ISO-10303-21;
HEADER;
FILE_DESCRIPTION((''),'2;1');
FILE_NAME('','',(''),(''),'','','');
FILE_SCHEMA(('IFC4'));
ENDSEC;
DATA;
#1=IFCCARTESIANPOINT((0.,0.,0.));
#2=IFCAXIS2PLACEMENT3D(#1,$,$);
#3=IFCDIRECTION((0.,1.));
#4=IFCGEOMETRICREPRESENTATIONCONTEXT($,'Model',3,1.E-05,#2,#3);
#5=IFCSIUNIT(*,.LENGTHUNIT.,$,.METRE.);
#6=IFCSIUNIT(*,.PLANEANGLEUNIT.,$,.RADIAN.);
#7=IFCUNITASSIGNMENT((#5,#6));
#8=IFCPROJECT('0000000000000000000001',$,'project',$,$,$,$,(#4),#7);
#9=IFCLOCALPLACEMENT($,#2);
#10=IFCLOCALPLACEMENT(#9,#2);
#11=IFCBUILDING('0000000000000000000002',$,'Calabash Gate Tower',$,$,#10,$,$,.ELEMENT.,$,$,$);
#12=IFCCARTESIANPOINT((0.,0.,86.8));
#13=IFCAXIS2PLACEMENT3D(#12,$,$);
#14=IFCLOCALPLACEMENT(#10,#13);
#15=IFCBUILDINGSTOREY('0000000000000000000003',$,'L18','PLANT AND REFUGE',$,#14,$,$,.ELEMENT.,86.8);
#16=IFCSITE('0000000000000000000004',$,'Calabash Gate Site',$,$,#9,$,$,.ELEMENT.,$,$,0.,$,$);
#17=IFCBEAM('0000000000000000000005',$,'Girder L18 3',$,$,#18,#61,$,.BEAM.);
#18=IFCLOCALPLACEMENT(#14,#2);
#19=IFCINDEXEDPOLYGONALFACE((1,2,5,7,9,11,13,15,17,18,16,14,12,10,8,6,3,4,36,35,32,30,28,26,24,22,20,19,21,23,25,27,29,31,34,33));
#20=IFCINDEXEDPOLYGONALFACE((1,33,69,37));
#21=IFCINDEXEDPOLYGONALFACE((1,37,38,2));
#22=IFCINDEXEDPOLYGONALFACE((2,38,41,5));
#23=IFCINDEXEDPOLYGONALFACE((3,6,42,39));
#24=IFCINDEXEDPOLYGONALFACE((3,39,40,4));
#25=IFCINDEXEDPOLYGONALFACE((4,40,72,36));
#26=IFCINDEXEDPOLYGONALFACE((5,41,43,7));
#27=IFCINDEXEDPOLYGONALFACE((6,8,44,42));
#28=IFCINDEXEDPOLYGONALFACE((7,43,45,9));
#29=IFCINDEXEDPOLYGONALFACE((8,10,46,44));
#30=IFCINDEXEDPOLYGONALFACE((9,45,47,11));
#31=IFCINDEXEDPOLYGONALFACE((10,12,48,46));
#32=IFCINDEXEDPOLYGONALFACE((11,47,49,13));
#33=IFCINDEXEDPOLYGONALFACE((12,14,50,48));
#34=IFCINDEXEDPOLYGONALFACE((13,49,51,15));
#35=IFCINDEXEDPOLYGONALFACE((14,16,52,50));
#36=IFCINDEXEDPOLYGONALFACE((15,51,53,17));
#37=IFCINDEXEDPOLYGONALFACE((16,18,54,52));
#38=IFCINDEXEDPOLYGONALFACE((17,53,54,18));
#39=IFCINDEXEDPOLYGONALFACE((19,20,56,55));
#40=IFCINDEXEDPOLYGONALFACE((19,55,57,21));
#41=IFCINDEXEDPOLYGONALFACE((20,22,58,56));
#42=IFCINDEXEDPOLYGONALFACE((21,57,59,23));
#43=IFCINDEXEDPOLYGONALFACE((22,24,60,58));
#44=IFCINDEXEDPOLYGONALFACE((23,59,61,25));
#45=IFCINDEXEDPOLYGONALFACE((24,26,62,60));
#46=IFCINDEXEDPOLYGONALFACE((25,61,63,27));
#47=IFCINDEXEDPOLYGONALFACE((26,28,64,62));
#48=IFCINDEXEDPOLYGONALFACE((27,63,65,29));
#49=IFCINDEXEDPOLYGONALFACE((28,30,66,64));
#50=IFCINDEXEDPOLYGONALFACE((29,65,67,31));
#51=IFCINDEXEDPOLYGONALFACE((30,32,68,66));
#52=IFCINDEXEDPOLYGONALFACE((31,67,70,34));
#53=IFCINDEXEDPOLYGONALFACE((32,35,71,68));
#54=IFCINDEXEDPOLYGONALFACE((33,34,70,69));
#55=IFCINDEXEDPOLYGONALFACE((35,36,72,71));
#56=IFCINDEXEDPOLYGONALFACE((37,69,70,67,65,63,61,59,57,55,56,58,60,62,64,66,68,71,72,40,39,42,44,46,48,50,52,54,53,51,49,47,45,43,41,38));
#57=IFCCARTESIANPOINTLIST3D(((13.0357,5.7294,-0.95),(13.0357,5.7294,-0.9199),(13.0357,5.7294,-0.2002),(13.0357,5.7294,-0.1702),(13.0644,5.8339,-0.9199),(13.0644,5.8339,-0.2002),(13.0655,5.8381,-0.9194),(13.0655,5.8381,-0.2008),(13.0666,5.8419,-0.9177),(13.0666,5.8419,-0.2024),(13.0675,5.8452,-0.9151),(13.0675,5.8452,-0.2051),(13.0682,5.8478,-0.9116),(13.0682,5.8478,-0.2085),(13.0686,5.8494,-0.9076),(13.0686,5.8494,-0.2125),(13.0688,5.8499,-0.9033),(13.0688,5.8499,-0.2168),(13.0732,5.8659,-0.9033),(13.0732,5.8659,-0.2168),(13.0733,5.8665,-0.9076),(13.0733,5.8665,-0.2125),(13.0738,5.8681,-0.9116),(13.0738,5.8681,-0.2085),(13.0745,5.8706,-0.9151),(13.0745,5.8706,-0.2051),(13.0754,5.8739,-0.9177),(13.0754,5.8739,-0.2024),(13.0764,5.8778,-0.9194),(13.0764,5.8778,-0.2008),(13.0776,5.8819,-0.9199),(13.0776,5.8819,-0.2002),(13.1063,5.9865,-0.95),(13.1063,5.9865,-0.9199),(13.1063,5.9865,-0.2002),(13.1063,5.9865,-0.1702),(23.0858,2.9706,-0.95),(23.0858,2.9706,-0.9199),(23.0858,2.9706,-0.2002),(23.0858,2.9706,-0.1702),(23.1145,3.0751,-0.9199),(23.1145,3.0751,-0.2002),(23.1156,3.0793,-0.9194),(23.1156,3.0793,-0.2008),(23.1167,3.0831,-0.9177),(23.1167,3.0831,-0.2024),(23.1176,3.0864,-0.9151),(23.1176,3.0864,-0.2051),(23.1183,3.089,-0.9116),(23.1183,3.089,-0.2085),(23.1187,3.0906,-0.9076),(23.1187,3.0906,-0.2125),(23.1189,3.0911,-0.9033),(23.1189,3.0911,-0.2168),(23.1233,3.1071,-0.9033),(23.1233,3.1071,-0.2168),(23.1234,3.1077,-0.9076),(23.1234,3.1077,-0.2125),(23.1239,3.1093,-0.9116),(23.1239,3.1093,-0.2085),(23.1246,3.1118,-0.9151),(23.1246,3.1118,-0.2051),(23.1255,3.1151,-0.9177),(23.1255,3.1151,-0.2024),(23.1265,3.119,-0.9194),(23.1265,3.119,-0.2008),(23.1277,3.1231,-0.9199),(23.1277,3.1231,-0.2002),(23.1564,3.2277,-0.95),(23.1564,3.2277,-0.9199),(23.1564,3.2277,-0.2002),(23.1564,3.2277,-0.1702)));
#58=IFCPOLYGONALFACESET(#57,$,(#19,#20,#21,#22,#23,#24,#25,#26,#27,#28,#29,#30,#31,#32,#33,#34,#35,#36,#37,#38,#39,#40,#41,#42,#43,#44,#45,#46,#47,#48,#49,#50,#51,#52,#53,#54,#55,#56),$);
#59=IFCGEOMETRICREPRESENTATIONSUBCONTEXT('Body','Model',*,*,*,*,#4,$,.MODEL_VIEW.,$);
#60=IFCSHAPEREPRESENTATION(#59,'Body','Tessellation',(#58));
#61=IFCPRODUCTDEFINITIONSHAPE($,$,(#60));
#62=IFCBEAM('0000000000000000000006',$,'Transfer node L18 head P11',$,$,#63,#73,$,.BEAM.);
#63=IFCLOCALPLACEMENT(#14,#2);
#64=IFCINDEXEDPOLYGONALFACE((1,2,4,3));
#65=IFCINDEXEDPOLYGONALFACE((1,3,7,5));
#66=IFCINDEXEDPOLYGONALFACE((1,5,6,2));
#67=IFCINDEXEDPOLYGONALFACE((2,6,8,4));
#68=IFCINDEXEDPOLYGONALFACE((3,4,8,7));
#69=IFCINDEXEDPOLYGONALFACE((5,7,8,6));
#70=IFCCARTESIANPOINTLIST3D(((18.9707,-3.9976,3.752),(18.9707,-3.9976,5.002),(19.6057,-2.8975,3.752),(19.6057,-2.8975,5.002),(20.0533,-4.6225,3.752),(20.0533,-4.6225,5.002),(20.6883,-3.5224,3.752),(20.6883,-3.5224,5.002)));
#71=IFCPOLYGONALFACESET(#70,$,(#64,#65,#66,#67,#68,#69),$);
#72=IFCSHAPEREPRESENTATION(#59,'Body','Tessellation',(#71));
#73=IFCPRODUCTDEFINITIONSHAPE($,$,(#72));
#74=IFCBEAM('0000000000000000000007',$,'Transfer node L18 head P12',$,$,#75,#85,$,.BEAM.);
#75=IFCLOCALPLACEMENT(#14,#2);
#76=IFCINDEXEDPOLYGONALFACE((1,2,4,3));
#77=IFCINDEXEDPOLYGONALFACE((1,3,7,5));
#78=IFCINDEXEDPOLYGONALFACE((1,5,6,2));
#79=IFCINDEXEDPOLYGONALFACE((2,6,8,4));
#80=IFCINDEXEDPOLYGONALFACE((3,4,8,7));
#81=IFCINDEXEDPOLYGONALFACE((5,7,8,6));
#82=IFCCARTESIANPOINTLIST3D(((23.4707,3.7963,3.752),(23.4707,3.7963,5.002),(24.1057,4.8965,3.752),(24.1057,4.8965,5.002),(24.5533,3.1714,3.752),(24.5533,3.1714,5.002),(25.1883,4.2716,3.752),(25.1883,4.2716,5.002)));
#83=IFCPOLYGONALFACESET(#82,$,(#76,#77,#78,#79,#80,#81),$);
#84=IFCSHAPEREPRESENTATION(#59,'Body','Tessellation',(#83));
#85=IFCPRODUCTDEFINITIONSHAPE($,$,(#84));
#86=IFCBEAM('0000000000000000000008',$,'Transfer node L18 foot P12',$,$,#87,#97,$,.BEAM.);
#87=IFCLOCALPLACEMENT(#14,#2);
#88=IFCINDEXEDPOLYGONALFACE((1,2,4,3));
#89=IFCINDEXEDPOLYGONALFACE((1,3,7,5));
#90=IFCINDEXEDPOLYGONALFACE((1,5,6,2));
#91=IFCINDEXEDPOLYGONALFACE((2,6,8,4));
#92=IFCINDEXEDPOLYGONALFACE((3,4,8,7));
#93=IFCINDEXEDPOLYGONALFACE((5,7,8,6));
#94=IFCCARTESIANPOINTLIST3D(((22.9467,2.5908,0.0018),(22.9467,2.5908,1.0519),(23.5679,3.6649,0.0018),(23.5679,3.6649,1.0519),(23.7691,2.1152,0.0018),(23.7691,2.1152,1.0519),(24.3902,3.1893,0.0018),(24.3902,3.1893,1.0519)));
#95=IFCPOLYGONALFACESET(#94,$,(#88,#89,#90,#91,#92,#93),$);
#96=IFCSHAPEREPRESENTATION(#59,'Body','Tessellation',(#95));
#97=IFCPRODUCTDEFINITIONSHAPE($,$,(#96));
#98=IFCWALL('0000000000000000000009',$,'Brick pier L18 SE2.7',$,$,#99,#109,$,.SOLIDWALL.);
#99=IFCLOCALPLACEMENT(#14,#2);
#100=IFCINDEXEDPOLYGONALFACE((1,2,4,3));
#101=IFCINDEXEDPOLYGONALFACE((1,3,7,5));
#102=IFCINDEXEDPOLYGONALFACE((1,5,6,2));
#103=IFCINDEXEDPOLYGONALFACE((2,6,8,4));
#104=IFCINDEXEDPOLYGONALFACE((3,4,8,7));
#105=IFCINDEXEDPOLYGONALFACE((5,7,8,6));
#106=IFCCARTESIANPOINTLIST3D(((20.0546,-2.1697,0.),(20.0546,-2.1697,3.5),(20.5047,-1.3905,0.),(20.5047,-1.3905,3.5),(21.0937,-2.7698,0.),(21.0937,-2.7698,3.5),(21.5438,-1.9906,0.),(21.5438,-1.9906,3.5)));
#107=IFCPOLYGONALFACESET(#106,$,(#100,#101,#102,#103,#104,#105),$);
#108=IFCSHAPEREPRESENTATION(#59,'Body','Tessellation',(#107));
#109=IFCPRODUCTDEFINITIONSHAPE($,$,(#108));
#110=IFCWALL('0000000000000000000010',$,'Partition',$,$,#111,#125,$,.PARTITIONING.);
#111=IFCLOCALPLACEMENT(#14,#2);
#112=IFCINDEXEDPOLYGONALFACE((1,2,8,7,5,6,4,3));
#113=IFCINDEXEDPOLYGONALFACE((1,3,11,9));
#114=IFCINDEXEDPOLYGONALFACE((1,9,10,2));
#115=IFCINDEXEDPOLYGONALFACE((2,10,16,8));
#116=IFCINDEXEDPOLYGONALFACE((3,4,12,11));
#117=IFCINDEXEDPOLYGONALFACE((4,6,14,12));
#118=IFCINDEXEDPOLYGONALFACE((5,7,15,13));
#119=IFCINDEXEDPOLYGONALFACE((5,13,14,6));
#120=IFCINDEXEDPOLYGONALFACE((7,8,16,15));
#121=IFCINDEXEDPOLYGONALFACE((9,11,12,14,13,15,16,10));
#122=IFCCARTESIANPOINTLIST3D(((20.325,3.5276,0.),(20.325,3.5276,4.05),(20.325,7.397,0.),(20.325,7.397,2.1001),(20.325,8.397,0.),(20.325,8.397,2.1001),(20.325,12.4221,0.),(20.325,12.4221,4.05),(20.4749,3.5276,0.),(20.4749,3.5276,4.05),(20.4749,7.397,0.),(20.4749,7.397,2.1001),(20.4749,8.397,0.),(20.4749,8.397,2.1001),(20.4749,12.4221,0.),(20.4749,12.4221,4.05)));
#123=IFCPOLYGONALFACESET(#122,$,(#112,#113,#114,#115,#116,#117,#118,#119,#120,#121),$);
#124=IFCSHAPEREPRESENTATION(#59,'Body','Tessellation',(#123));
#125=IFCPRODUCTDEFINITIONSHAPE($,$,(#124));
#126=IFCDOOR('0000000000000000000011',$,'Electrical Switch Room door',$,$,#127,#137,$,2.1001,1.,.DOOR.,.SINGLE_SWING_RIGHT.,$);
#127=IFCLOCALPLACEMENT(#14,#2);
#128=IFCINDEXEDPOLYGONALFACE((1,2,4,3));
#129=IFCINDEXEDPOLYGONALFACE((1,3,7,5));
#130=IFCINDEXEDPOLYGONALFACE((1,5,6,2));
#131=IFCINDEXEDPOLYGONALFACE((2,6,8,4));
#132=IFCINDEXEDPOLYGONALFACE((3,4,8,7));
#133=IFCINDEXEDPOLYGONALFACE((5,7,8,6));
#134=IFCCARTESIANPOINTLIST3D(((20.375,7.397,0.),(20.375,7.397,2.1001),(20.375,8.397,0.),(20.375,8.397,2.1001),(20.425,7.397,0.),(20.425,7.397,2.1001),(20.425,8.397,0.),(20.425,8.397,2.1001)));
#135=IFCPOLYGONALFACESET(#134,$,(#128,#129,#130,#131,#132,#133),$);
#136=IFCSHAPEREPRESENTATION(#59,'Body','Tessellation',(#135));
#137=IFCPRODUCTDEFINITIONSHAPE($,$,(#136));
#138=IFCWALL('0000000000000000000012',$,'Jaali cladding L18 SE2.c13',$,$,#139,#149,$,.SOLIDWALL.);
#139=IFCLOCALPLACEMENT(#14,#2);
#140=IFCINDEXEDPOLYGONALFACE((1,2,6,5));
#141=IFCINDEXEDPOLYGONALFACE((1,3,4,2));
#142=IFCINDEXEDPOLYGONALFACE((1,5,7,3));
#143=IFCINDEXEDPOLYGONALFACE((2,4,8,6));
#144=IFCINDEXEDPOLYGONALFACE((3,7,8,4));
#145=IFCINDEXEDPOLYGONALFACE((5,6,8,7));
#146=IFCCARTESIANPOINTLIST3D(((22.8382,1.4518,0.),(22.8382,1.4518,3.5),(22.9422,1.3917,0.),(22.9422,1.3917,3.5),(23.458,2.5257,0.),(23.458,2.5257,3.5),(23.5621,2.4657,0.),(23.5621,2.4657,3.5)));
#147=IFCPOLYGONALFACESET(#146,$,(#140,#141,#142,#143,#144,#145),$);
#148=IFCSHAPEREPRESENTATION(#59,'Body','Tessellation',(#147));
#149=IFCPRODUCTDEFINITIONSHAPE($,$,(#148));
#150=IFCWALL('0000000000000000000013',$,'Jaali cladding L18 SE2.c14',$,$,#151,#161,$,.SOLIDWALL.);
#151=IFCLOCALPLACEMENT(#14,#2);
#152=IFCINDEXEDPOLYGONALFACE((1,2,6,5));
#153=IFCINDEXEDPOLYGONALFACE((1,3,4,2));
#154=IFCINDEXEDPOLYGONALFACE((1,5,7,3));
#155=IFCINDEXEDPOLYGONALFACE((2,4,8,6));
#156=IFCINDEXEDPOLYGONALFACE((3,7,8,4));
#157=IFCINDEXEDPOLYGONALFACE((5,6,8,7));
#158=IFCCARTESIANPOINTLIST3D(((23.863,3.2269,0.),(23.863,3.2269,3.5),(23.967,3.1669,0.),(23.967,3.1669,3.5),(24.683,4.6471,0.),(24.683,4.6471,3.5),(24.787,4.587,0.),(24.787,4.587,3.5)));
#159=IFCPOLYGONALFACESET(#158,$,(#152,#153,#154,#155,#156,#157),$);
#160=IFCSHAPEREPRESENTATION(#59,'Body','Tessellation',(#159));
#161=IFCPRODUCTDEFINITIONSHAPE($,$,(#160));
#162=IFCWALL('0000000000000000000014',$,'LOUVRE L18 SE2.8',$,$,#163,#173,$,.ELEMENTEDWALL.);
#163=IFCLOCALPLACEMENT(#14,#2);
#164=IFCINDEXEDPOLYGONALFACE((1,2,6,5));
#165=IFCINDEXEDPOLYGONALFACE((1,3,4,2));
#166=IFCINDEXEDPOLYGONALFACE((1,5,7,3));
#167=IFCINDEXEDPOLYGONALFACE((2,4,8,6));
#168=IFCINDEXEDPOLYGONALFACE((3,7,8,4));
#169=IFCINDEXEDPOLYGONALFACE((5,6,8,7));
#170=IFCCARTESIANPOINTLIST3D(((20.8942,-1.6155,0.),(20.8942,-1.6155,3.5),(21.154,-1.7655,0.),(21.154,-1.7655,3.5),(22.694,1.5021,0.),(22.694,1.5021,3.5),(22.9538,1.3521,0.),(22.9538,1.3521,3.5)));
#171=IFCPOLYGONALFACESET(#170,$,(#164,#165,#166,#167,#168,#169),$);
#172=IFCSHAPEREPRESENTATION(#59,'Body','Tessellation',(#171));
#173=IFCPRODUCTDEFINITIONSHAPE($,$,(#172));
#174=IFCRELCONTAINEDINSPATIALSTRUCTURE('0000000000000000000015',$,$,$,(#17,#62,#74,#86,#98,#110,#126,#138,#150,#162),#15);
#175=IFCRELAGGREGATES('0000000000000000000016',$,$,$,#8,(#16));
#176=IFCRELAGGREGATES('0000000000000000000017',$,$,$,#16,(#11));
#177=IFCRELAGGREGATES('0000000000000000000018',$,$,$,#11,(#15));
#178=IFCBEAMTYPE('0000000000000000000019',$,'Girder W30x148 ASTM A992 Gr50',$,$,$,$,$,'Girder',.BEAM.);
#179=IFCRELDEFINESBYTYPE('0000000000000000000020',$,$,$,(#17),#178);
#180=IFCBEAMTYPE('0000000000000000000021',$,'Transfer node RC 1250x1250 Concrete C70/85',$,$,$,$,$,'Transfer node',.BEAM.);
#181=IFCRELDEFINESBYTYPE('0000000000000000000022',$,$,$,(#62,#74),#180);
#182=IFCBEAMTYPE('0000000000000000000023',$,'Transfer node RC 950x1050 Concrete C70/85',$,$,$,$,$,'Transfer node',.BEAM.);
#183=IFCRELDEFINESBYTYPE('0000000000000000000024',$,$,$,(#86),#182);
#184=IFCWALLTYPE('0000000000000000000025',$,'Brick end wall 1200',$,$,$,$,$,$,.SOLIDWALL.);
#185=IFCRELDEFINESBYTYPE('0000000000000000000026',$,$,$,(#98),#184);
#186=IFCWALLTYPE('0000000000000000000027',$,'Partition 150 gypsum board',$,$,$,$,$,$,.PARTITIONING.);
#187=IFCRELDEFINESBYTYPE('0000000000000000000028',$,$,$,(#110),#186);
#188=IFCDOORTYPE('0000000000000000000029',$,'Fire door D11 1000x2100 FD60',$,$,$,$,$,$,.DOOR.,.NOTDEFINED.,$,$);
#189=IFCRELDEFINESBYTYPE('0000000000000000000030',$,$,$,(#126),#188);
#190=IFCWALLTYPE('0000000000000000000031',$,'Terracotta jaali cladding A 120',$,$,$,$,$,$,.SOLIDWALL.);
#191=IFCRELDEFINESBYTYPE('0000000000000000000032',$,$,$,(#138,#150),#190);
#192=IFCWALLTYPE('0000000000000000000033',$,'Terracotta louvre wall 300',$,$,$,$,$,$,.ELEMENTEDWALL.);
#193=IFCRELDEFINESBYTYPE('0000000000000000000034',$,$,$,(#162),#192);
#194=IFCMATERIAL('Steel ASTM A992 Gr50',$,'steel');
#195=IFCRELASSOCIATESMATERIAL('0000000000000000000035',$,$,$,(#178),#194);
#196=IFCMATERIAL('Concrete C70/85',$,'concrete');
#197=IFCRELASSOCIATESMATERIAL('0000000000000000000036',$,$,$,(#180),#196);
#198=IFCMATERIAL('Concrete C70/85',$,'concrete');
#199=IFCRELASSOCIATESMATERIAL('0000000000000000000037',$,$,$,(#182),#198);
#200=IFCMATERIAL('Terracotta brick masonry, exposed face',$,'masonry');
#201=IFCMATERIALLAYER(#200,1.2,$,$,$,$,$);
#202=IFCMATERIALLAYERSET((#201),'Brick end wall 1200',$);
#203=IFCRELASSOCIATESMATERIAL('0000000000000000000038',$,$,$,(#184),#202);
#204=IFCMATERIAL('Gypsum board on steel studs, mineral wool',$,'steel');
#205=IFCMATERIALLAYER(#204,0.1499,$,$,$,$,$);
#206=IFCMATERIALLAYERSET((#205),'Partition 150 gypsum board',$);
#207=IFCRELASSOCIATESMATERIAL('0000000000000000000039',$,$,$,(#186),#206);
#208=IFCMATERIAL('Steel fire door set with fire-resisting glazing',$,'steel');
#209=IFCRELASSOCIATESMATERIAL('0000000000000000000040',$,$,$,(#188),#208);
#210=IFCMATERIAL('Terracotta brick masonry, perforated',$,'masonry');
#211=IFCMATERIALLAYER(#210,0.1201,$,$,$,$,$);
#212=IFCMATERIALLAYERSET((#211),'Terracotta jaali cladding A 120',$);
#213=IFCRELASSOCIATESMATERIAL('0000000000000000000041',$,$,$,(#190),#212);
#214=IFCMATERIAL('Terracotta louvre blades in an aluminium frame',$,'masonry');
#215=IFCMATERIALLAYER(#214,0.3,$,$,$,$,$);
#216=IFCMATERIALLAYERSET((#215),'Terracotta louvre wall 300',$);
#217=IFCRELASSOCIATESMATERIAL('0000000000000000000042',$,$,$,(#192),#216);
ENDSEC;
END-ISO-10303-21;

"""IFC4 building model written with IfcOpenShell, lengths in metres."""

from ifc_helpers import new_model, si_unit, direction, frame, frame_2d, origin, origin_2d, place, context, subcontext, project, spatial, rectangle, i_section, extrude, material, layer, layer_set, material_profile, profile_set, type_object, element, fill, save


model = new_model("IFC4")

# Units and contexts
model_context = context("Model", 3, precision=1e-05, world=origin(), true_north=direction((0.0, 1.0)))
body_context = subcontext(model_context, "Body", "Model", "MODEL_VIEW")
ifc_project = project(units=[si_unit("LENGTHUNIT", "METRE"), si_unit("PLANEANGLEUNIT", "RADIAN")], contexts=[model_context])

# Site, building, storey
site_placement = place(None, origin())
site = spatial("IfcSite", under=ifc_project, at=site_placement, Name="Calabash Gate Site", CompositionType="ELEMENT", RefElevation=0.0)
building_placement = place(site_placement, origin())
building = spatial("IfcBuilding", under=site, at=building_placement, Name="Calabash Gate Tower", CompositionType="ELEMENT")
storey_placement = place(building_placement, frame((0.0, 0.0, 86.8)))
storey = spatial("IfcBuildingStorey", under=building, at=storey_placement, Name="L18", Description="PLANT AND REFUGE", CompositionType="ELEMENT", Elevation=86.8)

# Beams
ifc_material_1 = material(Name="Steel ASTM A992 Gr50", Category="steel")
ifc_material_profile_1 = material_profile(ifc_material_1, i_section(OverallWidth=0.2666, OverallDepth=0.7798, WebThickness=0.0166, FlangeThickness=0.03, FilletRadius=0.0166, at=origin_2d()))
ifc_profile_set_1 = profile_set([ifc_material_profile_1], Name="Steel ASTM A992 Gr50")
beam_type_1 = type_object("IfcBeamType", Name="Girder W30x148 ASTM A992 Gr50", ElementType="Girder", PredefinedType="BEAM", material=ifc_profile_set_1)
beam_1_placement = place(storey_placement, frame((23.1211, 3.0991, -0.5601), z_axis=(-0.964327, 0.264713, 0.0), x_axis=(-0.264713, -0.964327, 0.0)))
element("IfcBeam", 1, at=beam_1_placement, inside=storey, type_object=beam_type_1, Name="Girder L18 3", PredefinedType="BEAM", context=body_context, shape_type="SweptSolid", body=[
    extrude(i_section(OverallWidth=0.2666, OverallDepth=0.7798, WebThickness=0.0166, FlangeThickness=0.03, FilletRadius=0.0166, at=origin_2d()), origin(), (0.0, 0.0, 1.0), 10.4219),
])
ifc_material_2 = material(Name="Concrete C70/85", Category="concrete")
ifc_material_profile_2 = material_profile(ifc_material_2, rectangle(XDim=1.25, YDim=1.25, at=origin_2d()))
ifc_profile_set_2 = profile_set([ifc_material_profile_2], Name="Concrete C70/85")
beam_type_2 = type_object("IfcBeamType", Name="Transfer node RC 1250x1250 Concrete C70/85", ElementType="Transfer node", PredefinedType="BEAM", material=ifc_profile_set_2)
for number, where, z_axis, x_axis, name in (
    (2, (19.512, -4.3101, 4.377), (0.499922, 0.86607, 0.0), (-0.86607, 0.499922, 0.0), "Transfer node L18 head P11"),
    (3, (24.012, 3.4839, 4.377), (0.499922, 0.86607, 0.0), (-0.86607, 0.499922, 0.0), "Transfer node L18 head P12"),
):
    element("IfcBeam", number, at=place(storey_placement, frame(where, z_axis=z_axis, x_axis=x_axis)), inside=storey, type_object=beam_type_2, Name=name, PredefinedType="BEAM", context=body_context, shape_type="SweptSolid", body=[
        extrude(rectangle(XDim=1.25, YDim=1.25, at=origin_2d()), origin(), (0.0, 0.0, 1.0), 1.2703),
    ])
ifc_material_3 = material(Name="Concrete C70/85", Category="concrete")
ifc_material_profile_3 = material_profile(ifc_material_3, rectangle(XDim=0.95, YDim=1.05, at=origin_2d()))
ifc_profile_set_3 = profile_set([ifc_material_profile_3], Name="Concrete C70/85")
beam_type_3 = type_object("IfcBeamType", Name="Transfer node RC 950x1050 Concrete C70/85", ElementType="Transfer node", PredefinedType="BEAM", material=ifc_profile_set_3)
beam_2_placement = place(storey_placement, frame((23.3579, 2.353, 0.5269), z_axis=(0.500625, 0.865664, 0.0), x_axis=(-0.865664, 0.500625, 0.0)))
element("IfcBeam", 4, at=beam_2_placement, inside=storey, type_object=beam_type_3, Name="Transfer node L18 foot P12", PredefinedType="BEAM", context=body_context, shape_type="SweptSolid", body=[
    extrude(rectangle(XDim=0.95, YDim=1.05, at=origin_2d()), origin(), (0.0, 0.0, 1.0), 1.2407),
])

# Wall
ifc_material_4 = material(Name="Terracotta brick masonry, exposed face", Category="masonry")
ifc_layer_1 = layer(ifc_material_4, 1.2)
ifc_layer_set_1 = layer_set([ifc_layer_1], Name="Brick end wall 1200")
wall_type_1 = type_object("IfcWallType", Name="Brick end wall 1200", PredefinedType="SOLIDWALL", material=ifc_layer_set_1)
wall_1_placement = place(storey_placement, frame((20.2795, -1.78, 0.0), z_axis=(0.0, 0.0, 1.0), x_axis=(0.865955, -0.500122, 0.0)))
element("IfcWall", 5, at=wall_1_placement, inside=storey, type_object=wall_type_1, Name="Brick pier L18 SE2.7", PredefinedType="SOLIDWALL", context=body_context, shape_type="SweptSolid", body=[
    extrude(rectangle(XDim=1.2, YDim=0.8999, at=frame_2d((0.6001, 0.0))), origin(), (0.0, 0.0, 1.0), 3.5),
])

# Wall, opening, door
ifc_material_5 = material(Name="Gypsum board on steel studs, mineral wool", Category="steel")
ifc_layer_2 = layer(ifc_material_5, 0.1499)
ifc_layer_set_2 = layer_set([ifc_layer_2], Name="Partition 150 gypsum board")
wall_type_2 = type_object("IfcWallType", Name="Partition 150 gypsum board", PredefinedType="PARTITIONING", material=ifc_layer_set_2)
wall_2_placement = place(storey_placement, frame((20.3999, 3.5276, 0.0), z_axis=(0.0, 0.0, 1.0), x_axis=(0.0, 1.0, 0.0)))
wall_2 = element("IfcWall", 6, at=wall_2_placement, inside=storey, type_object=wall_type_2, Name="Partition", PredefinedType="PARTITIONING", context=body_context, shape_type="SweptSolid", body=[
    extrude(rectangle(XDim=8.8945, YDim=0.1499, at=frame_2d((4.4473, 0.0))), origin(), (0.0, 0.0, 1.0), 4.05),
])
opening_placement = place(wall_2_placement, frame((3.8694, 0.0, 0.0)))
opening = element("IfcOpeningElement", 7, at=opening_placement, cuts=wall_2, PredefinedType="OPENING", context=body_context, shape_type="SweptSolid", body=[
    extrude(rectangle(XDim=1.0, YDim=2.1001, at=frame_2d((0.5, 1.05))), frame((0.0, 0.085, 0.0), z_axis=(0.0, -1.0, 0.0), x_axis=(1.0, 0.0, 0.0)), (0.0, 0.0, 1.0), 0.1699),
])
ifc_material_6 = material(Name="Steel fire door set with fire-resisting glazing", Category="steel")
door_type = type_object("IfcDoorType", Name="Fire door D11 1000x2100 FD60", OperationType="NOTDEFINED", PredefinedType="DOOR", material=ifc_material_6)
door_placement = place(opening_placement, origin())
door = element("IfcDoor", 8, at=door_placement, inside=storey, type_object=door_type, Name="Electrical Switch Room door", OperationType="SINGLE_SWING_RIGHT", OverallHeight=2.1001, OverallWidth=1.0, PredefinedType="DOOR", context=body_context, shape_type="SweptSolid", body=[
    extrude(rectangle(XDim=1.0, YDim=2.1001, at=frame_2d((0.5, 1.05))), frame((0.0, 0.0249, 0.0), z_axis=(0.0, -1.0, 0.0), x_axis=(1.0, 0.0, 0.0)), (0.0, 0.0, 1.0), 0.05),
])
fill(opening, door)

# Walls
ifc_material_7 = material(Name="Terracotta brick masonry, perforated", Category="masonry")
ifc_layer_3 = layer(ifc_material_7, 0.1201)
ifc_layer_set_3 = layer_set([ifc_layer_3], Name="Terracotta jaali cladding A 120")
wall_type_3 = type_object("IfcWallType", Name="Terracotta jaali cladding A 120", PredefinedType="SOLIDWALL", material=ifc_layer_set_3)
wall_3_placement = place(storey_placement, frame((22.8901, 1.4216, 0.0), z_axis=(0.0, 0.0, 1.0), x_axis=(0.499887, 0.866091, 0.0)))
element("IfcWall", 9, at=wall_3_placement, inside=storey, type_object=wall_type_3, Name="Jaali cladding L18 SE2.c13", PredefinedType="SOLIDWALL", context=body_context, shape_type="SweptSolid", body=[
    extrude(rectangle(XDim=1.24, YDim=0.1201, at=frame_2d((0.6201, 0.0))), origin(), (0.0, 0.0, 1.0), 3.5),
])
wall_4_placement = place(storey_placement, frame((23.915, 3.197, 0.0), z_axis=(0.0, 0.0, 1.0), x_axis=(0.500062, 0.86599, 0.0)))
element("IfcWall", 10, at=wall_4_placement, inside=storey, type_object=wall_type_3, Name="Jaali cladding L18 SE2.c14", PredefinedType="SOLIDWALL", context=body_context, shape_type="SweptSolid", body=[
    extrude(rectangle(XDim=1.6399, YDim=0.1201, at=frame_2d((0.8198, 0.0))), origin(), (0.0, 0.0, 1.0), 3.5),
])
ifc_material_8 = material(Name="Terracotta louvre blades in an aluminium frame", Category="masonry")
ifc_layer_4 = layer(ifc_material_8, 0.3)
ifc_layer_set_4 = layer_set([ifc_layer_4], Name="Terracotta louvre wall 300")
wall_type_4 = type_object("IfcWallType", Name="Terracotta louvre wall 300", PredefinedType="ELEMENTEDWALL", material=ifc_layer_set_4)
wall_5_placement = place(storey_placement, frame((21.0242, -1.6904, 0.0), z_axis=(0.0, 0.0, 1.0), x_axis=(0.499961, 0.866048, 0.0)))
element("IfcWall", 11, at=wall_5_placement, inside=storey, type_object=wall_type_4, Name="LOUVRE L18 SE2.8", PredefinedType="ELEMENTEDWALL", context=body_context, shape_type="SweptSolid", body=[
    extrude(rectangle(XDim=3.5999, YDim=0.3, at=frame_2d((1.7998, 0.0))), origin(), (0.0, 0.0, 1.0), 3.5),
])

save(model, "model.ifc")
